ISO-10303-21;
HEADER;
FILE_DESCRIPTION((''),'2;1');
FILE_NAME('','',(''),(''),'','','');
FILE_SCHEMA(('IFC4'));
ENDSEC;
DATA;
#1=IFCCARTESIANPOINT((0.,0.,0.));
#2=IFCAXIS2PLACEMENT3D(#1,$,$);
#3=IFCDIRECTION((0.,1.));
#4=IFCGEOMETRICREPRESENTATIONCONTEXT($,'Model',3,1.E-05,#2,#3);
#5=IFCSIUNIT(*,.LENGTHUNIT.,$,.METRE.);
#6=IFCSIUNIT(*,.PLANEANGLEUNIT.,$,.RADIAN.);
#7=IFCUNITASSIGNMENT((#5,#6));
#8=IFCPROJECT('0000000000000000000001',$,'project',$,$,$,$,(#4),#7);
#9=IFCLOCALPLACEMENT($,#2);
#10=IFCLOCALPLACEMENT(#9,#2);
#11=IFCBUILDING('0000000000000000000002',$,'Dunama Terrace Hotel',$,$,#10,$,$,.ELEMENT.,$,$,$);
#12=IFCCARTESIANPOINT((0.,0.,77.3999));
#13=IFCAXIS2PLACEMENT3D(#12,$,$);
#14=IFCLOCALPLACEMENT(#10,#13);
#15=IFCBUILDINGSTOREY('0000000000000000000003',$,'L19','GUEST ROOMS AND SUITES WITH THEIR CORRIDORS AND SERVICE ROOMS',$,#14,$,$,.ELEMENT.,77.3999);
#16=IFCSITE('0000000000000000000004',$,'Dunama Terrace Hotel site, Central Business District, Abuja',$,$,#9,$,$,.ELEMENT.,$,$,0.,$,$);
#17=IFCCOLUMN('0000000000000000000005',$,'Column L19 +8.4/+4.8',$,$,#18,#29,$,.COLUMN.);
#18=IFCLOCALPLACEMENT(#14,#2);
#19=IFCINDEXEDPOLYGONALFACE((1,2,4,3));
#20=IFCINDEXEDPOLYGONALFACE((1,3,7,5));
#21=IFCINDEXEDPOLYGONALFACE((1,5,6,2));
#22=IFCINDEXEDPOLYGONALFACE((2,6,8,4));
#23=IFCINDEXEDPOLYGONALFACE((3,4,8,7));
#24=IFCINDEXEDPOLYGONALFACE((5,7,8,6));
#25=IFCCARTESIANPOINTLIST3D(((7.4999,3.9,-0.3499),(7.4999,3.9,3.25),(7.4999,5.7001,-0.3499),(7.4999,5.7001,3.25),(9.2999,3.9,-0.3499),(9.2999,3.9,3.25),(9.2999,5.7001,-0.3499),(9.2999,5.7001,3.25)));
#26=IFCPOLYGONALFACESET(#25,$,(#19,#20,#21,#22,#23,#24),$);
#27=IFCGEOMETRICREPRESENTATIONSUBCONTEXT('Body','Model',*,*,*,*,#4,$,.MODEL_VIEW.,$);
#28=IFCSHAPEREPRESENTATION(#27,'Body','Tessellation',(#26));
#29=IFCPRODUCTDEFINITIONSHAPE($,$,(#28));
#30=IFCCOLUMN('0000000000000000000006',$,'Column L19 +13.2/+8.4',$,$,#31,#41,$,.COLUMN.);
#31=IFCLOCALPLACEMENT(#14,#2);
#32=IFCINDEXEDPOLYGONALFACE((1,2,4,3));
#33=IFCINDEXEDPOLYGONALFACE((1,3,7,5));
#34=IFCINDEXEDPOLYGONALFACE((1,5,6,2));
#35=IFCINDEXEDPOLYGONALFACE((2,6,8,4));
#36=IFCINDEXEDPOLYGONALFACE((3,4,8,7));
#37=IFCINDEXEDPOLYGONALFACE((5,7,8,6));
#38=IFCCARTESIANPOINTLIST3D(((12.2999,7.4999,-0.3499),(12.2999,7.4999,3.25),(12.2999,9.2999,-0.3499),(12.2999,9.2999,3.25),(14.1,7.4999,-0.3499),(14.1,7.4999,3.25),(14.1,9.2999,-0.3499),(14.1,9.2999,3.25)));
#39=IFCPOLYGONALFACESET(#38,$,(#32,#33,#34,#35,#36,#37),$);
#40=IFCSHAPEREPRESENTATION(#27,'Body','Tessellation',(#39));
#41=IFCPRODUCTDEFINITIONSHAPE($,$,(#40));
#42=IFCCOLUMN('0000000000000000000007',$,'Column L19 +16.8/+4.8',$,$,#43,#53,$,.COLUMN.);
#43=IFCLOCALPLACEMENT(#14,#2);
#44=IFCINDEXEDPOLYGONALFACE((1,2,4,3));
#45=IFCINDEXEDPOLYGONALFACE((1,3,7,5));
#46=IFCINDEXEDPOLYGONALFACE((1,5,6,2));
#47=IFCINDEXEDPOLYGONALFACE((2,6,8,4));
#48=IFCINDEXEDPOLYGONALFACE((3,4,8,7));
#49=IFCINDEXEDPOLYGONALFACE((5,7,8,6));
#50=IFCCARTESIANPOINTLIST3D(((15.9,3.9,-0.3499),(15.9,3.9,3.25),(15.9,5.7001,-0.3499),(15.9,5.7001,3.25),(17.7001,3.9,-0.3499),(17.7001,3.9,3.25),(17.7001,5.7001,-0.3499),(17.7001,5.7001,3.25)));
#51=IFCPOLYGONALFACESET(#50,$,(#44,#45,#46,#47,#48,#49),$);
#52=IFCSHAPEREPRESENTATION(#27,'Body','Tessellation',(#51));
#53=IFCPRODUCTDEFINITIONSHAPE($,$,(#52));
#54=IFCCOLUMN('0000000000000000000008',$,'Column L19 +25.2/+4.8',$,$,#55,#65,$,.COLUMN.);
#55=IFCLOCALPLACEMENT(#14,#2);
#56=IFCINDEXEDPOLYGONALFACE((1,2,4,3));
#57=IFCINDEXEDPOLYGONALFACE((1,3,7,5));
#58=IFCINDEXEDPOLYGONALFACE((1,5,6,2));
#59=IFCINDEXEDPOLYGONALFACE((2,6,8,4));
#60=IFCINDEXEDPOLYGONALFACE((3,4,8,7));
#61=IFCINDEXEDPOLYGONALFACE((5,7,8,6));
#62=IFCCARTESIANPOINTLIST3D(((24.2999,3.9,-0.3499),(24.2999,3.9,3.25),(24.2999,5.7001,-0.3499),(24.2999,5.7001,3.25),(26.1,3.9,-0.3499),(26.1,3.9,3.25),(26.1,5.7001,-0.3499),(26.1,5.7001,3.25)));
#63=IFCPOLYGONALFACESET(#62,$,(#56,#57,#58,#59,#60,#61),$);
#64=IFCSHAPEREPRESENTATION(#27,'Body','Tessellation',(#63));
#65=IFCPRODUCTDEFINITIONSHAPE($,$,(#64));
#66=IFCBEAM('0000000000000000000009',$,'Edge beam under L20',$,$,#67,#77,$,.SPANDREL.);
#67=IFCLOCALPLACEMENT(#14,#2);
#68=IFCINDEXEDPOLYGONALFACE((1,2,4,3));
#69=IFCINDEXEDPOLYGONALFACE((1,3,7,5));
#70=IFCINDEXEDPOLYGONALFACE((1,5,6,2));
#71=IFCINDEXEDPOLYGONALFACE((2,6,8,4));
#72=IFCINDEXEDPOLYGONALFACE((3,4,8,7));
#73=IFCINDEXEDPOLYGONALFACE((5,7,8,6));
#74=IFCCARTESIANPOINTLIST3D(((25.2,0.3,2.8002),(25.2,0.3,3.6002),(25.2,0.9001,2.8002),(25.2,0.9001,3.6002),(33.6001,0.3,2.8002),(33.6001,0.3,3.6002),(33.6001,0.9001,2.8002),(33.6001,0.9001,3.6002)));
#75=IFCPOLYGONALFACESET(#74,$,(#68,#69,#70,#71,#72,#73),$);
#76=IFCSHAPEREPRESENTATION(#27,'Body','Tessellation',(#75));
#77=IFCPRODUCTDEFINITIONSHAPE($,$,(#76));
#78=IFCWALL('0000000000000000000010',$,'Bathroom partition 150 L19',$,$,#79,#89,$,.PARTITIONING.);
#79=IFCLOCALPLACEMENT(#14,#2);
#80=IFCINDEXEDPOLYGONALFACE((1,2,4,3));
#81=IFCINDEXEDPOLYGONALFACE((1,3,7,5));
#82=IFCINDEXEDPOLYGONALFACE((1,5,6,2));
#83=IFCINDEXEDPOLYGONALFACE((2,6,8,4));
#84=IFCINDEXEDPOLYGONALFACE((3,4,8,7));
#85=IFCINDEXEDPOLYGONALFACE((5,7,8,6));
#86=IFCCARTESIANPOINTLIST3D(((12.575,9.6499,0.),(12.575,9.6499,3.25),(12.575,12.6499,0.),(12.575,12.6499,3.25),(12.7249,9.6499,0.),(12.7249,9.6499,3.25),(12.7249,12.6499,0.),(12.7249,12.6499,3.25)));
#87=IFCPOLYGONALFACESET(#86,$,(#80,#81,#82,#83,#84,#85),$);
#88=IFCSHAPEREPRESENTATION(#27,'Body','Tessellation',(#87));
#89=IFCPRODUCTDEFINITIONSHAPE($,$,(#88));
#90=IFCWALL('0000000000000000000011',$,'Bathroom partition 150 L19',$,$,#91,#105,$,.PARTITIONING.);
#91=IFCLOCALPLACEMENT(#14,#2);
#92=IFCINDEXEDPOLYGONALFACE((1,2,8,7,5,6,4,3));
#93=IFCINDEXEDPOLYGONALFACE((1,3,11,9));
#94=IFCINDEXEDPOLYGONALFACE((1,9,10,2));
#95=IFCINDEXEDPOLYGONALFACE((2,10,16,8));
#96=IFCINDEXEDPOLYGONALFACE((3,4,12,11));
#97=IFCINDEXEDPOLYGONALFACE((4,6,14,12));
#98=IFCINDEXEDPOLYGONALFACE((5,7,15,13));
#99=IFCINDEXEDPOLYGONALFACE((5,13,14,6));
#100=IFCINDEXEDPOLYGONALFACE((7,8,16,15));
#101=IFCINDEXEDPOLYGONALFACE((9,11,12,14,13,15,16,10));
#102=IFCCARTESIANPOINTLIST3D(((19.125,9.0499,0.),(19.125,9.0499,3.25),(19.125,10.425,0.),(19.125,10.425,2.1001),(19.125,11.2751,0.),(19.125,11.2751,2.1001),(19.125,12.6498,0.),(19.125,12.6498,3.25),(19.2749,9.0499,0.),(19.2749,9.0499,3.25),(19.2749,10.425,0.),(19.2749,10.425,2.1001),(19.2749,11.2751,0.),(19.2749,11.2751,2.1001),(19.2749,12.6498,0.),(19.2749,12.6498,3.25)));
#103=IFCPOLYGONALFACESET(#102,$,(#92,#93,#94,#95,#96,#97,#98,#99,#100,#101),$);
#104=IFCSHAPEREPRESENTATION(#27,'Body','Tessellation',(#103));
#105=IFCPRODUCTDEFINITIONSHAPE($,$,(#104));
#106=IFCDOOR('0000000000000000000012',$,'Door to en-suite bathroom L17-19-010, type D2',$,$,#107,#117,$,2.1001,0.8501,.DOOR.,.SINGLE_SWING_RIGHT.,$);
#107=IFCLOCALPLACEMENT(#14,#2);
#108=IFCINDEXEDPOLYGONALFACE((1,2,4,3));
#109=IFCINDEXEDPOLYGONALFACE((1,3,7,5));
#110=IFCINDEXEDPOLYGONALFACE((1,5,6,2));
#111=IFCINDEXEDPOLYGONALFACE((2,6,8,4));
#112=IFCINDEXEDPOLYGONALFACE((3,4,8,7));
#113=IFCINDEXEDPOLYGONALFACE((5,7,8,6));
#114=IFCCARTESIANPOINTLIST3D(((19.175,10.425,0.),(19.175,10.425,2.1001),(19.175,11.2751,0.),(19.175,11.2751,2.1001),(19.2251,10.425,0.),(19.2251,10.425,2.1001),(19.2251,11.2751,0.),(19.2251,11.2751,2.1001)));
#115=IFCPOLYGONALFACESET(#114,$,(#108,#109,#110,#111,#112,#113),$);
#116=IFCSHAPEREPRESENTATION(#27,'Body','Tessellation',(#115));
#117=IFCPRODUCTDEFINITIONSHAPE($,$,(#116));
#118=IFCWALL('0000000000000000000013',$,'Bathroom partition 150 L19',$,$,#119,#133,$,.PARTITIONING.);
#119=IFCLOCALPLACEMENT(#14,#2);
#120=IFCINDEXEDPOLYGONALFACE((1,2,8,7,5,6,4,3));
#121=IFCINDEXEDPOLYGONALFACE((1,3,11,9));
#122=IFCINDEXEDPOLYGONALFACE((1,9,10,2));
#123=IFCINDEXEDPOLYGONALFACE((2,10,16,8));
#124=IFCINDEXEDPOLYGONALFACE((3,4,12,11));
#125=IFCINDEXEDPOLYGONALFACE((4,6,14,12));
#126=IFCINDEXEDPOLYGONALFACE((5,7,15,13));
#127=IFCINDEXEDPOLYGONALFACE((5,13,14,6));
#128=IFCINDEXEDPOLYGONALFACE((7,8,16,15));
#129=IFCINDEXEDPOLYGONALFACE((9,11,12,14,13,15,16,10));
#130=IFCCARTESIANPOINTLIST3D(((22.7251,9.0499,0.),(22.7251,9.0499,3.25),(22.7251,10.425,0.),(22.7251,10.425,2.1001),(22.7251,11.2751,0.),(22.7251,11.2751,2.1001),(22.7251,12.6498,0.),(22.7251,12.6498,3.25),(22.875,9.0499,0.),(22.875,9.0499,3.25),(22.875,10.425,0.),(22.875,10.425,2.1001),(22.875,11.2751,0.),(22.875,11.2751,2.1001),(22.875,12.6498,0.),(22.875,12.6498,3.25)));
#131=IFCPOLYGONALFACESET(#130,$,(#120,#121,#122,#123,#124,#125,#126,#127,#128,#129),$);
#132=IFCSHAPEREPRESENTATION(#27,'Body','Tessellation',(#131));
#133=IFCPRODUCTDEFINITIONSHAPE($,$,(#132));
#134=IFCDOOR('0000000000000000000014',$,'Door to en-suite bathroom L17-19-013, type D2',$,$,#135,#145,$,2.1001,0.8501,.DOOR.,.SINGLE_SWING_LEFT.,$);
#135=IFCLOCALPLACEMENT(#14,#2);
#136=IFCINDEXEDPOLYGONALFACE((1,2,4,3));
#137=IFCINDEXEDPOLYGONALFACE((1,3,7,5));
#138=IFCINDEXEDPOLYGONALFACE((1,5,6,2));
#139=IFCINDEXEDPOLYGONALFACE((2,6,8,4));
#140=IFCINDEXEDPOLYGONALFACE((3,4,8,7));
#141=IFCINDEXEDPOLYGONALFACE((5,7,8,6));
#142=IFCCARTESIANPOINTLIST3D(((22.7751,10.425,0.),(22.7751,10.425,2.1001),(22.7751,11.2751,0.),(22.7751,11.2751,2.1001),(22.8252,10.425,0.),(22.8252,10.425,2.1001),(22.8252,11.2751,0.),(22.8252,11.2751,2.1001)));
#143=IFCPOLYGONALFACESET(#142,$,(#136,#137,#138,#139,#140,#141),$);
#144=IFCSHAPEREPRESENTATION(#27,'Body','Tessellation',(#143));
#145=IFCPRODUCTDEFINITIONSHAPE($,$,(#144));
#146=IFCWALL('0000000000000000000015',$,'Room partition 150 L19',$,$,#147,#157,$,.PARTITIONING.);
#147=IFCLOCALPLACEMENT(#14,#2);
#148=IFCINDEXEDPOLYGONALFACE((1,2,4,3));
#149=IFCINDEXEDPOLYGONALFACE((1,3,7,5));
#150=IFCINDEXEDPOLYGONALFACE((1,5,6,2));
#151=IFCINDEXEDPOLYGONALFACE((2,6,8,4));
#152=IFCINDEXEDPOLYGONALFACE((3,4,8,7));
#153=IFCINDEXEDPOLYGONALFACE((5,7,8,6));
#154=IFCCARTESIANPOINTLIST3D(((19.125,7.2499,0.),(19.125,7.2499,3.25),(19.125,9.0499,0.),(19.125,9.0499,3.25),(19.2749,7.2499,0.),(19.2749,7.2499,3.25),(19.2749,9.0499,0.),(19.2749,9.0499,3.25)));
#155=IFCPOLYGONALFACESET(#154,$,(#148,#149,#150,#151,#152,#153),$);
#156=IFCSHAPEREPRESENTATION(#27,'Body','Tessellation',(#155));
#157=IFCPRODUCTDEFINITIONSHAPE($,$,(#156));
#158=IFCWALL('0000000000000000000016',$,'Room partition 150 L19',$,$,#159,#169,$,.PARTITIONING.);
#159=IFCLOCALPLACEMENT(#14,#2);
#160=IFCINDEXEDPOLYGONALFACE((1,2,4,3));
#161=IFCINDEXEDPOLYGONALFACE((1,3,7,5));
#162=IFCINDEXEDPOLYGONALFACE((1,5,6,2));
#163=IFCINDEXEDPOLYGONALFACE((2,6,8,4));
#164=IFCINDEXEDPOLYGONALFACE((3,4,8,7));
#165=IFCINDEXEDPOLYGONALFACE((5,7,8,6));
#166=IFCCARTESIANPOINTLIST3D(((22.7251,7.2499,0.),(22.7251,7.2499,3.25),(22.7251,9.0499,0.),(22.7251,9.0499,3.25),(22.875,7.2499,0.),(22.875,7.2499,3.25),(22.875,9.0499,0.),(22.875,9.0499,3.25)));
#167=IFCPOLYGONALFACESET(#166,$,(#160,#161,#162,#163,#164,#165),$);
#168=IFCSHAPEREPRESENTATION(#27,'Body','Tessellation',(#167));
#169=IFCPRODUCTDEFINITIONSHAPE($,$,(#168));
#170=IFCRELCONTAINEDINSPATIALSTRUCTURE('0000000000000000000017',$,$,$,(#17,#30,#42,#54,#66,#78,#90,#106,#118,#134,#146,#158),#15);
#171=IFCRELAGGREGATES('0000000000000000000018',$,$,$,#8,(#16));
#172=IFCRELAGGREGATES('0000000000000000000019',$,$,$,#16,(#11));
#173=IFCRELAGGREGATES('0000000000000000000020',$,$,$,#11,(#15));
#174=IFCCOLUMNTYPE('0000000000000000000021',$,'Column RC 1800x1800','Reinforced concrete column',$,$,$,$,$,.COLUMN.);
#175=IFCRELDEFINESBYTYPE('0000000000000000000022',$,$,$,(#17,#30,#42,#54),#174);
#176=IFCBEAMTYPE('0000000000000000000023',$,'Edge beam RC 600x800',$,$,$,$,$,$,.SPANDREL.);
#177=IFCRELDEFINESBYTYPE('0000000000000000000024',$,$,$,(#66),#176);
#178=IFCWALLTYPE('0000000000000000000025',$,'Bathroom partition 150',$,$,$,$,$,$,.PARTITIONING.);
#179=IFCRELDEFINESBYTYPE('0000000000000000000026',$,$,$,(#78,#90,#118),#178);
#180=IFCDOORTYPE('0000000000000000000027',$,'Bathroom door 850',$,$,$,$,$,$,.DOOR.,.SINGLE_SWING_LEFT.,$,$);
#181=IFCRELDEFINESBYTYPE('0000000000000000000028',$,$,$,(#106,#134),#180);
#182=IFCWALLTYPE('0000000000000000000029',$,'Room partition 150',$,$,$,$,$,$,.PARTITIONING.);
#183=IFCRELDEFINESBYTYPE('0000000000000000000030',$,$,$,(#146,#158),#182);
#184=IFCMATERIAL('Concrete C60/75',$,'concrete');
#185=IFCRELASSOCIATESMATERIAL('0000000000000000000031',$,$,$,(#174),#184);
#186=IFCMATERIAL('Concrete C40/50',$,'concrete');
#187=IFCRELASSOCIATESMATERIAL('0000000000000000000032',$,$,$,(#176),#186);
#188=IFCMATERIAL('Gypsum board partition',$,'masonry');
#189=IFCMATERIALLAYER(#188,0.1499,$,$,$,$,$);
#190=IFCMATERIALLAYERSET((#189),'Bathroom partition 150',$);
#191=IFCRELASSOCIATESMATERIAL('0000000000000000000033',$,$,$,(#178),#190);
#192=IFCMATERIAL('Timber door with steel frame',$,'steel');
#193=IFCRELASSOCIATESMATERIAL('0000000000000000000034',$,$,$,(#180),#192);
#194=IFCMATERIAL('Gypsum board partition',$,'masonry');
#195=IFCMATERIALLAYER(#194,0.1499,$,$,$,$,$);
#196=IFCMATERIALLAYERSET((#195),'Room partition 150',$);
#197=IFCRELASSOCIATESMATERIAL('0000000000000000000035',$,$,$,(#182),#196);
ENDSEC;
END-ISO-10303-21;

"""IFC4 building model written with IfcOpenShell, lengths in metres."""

from ifc_helpers import new_model, si_unit, direction, frame, frame_2d, origin, origin_2d, place, context, subcontext, project, spatial, rectangle, extrude, material, layer, layer_set, material_profile, profile_set, type_object, element, fill, save


model = new_model("IFC4")

# Units and contexts
model_context = context("Model", 3, precision=1e-05, world=origin(), true_north=direction((0.0, 1.0)))
body_context = subcontext(model_context, "Body", "Model", "MODEL_VIEW")
ifc_project = project(units=[si_unit("LENGTHUNIT", "METRE"), si_unit("PLANEANGLEUNIT", "RADIAN")], contexts=[model_context])

# Site, building, storey
site_placement = place(None, origin())
site = spatial("IfcSite", under=ifc_project, at=site_placement, Name="Dunama Terrace Hotel site, Central Business District, Abuja", CompositionType="ELEMENT", RefElevation=0.0)
building_placement = place(site_placement, origin())
building = spatial("IfcBuilding", under=site, at=building_placement, Name="Dunama Terrace Hotel", CompositionType="ELEMENT")
storey_placement = place(building_placement, frame((0.0, 0.0, 77.3999)))
storey = spatial("IfcBuildingStorey", under=building, at=storey_placement, Name="L19", Description="GUEST ROOMS AND SUITES WITH THEIR CORRIDORS AND SERVICE ROOMS", CompositionType="ELEMENT", Elevation=77.3999)

# Columns
ifc_material_1 = material(Name="Concrete C60/75", Category="concrete")
ifc_material_profile_1 = material_profile(ifc_material_1, rectangle(XDim=1.8, YDim=1.8, at=origin_2d()), Name="RC 1800x1800")
ifc_profile_set_1 = profile_set([ifc_material_profile_1], Name="Concrete C60/75")
column_type = type_object("IfcColumnType", Name="Column RC 1800x1800", Description="Reinforced concrete column", PredefinedType="COLUMN", material=ifc_profile_set_1)
for number, where, z_axis, x_axis, name in (
    (1, (8.3999, 4.8, -0.3499), (0.0, 0.0, 1.0), (1.0, 0.0, 0.0), "Column L19 +8.4/+4.8"),
    (2, (13.2, 8.3999, -0.3499), (0.0, 0.0, 1.0), (1.0, 0.0, 0.0), "Column L19 +13.2/+8.4"),
    (3, (16.8, 4.8, -0.3499), (0.0, 0.0, 1.0), (1.0, 0.0, 0.0), "Column L19 +16.8/+4.8"),
    (4, (25.2, 4.8, -0.3499), (0.0, 0.0, 1.0), (1.0, 0.0, 0.0), "Column L19 +25.2/+4.8"),
):
    element("IfcColumn", number, at=place(storey_placement, frame(where, z_axis=z_axis, x_axis=x_axis)), inside=storey, type_object=column_type, Name=name, PredefinedType="COLUMN", context=body_context, shape_type="SweptSolid", body=[
        extrude(rectangle(XDim=1.8, YDim=1.8, at=origin_2d()), origin(), (0.0, 0.0, 1.0), 3.5999),
    ])

# Beam
ifc_material_2 = material(Name="Concrete C40/50", Category="concrete")
ifc_material_profile_2 = material_profile(ifc_material_2, rectangle(XDim=0.6001, YDim=0.8, at=origin_2d()), Name="RC 600x800")
ifc_profile_set_2 = profile_set([ifc_material_profile_2], Name="Concrete C40/50")
beam_type = type_object("IfcBeamType", Name="Edge beam RC 600x800", PredefinedType="SPANDREL", material=ifc_profile_set_2)
beam_placement = place(storey_placement, frame((25.2, 0.6001, 3.2002), z_axis=(1.0, 0.0, 0.0), x_axis=(0.0, 1.0, 0.0)))
element("IfcBeam", 5, at=beam_placement, inside=storey, type_object=beam_type, Name="Edge beam under L20", PredefinedType="SPANDREL", context=body_context, shape_type="SweptSolid", body=[
    extrude(rectangle(XDim=0.6001, YDim=0.8, at=origin_2d()), origin(), (0.0, 0.0, 1.0), 8.4001),
])

# Wall
ifc_material_3 = material(Name="Gypsum board partition", Category="masonry")
ifc_layer_1 = layer(ifc_material_3, 0.1499)
ifc_layer_set_1 = layer_set([ifc_layer_1], Name="Bathroom partition 150")
wall_type_1 = type_object("IfcWallType", Name="Bathroom partition 150", PredefinedType="PARTITIONING", material=ifc_layer_set_1)
wall_1_placement = place(storey_placement, frame((12.6499, 9.6499, 0.0), z_axis=(0.0, 0.0, 1.0), x_axis=(0.0, 1.0, 0.0)))
element("IfcWall", 6, at=wall_1_placement, inside=storey, type_object=wall_type_1, Name="Bathroom partition 150 L19", PredefinedType="PARTITIONING", context=body_context, shape_type="SweptSolid", body=[
    extrude(rectangle(XDim=3.0, YDim=0.1499, at=frame_2d((1.5, 0.0))), origin(), (0.0, 0.0, 1.0), 3.25),
])

# Walls, openings, doors
wall_2_placement = place(storey_placement, frame((19.2, 9.05, 0.0), z_axis=(0.0, 0.0, 1.0), x_axis=(0.0, 1.0, 0.0)))
wall_2 = element("IfcWall", 7, at=wall_2_placement, inside=storey, type_object=wall_type_1, Name="Bathroom partition 150 L19", PredefinedType="PARTITIONING", context=body_context, shape_type="SweptSolid", body=[
    extrude(rectangle(XDim=3.5999, YDim=0.1499, at=frame_2d((1.7998, 0.0))), origin(), (0.0, 0.0, 1.0), 3.25),
])
opening_1_placement = place(wall_2_placement, frame((1.375, 0.0, 0.0)))
opening_1 = element("IfcOpeningElement", 8, at=opening_1_placement, cuts=wall_2, PredefinedType="OPENING", context=body_context, shape_type="SweptSolid", body=[
    extrude(rectangle(XDim=0.8501, YDim=2.1001, at=frame_2d((0.425, 1.05))), frame((0.0, 0.085, 0.0), z_axis=(0.0, -1.0, 0.0), x_axis=(1.0, 0.0, 0.0)), (0.0, 0.0, 1.0), 0.1699),
])
ifc_material_4 = material(Name="Timber door with steel frame", Category="steel")
door_type_1 = type_object("IfcDoorType", Name="Bathroom door 850", OperationType="SINGLE_SWING_LEFT", PredefinedType="DOOR", material=ifc_material_4)
door_1_placement = place(opening_1_placement, origin())
door_1 = element("IfcDoor", 9, at=door_1_placement, inside=storey, type_object=door_type_1, Name="Door to en-suite bathroom L17-19-010, type D2", OperationType="SINGLE_SWING_RIGHT", OverallHeight=2.1001, OverallWidth=0.8501, PredefinedType="DOOR", context=body_context, shape_type="SweptSolid", body=[
    extrude(rectangle(XDim=0.8501, YDim=2.1001, at=frame_2d((0.425, 1.05))), frame((0.0, 0.0249, 0.0), z_axis=(0.0, -1.0, 0.0), x_axis=(1.0, 0.0, 0.0)), (0.0, 0.0, 1.0), 0.05),
])
fill(opening_1, door_1)
wall_3_placement = place(storey_placement, frame((22.8, 9.05, 0.0), z_axis=(0.0, 0.0, 1.0), x_axis=(0.0, 1.0, 0.0)))
wall_3 = element("IfcWall", 10, at=wall_3_placement, inside=storey, type_object=wall_type_1, Name="Bathroom partition 150 L19", PredefinedType="PARTITIONING", context=body_context, shape_type="SweptSolid", body=[
    extrude(rectangle(XDim=3.5999, YDim=0.1499, at=frame_2d((1.7998, 0.0))), origin(), (0.0, 0.0, 1.0), 3.25),
])
opening_2_placement = place(wall_3_placement, frame((1.375, 0.0, 0.0)))
opening_2 = element("IfcOpeningElement", 11, at=opening_2_placement, cuts=wall_3, PredefinedType="OPENING", context=body_context, shape_type="SweptSolid", body=[
    extrude(rectangle(XDim=0.8501, YDim=2.1001, at=frame_2d((0.425, 1.05))), frame((0.0, 0.085, 0.0), z_axis=(0.0, -1.0, 0.0), x_axis=(1.0, 0.0, 0.0)), (0.0, 0.0, 1.0), 0.1699),
])
door_2_placement = place(opening_2_placement, frame((0.8501, 0.0, 0.0), z_axis=(0.0, 0.0, 1.0), x_axis=(-1.0, 0.0, 0.0)))
door_2 = element("IfcDoor", 12, at=door_2_placement, inside=storey, type_object=door_type_1, Name="Door to en-suite bathroom L17-19-013, type D2", OperationType="SINGLE_SWING_LEFT", OverallHeight=2.1001, OverallWidth=0.8501, PredefinedType="DOOR", context=body_context, shape_type="SweptSolid", body=[
    extrude(rectangle(XDim=0.8501, YDim=2.1001, at=frame_2d((0.425, 1.05))), frame((0.0, 0.0251, 0.0), z_axis=(0.0, -1.0, 0.0), x_axis=(1.0, 0.0, 0.0)), (0.0, 0.0, 1.0), 0.05),
])
fill(opening_2, door_2)

# Walls
ifc_material_5 = material(Name="Gypsum board partition", Category="masonry")
ifc_layer_2 = layer(ifc_material_5, 0.1499)
ifc_layer_set_2 = layer_set([ifc_layer_2], Name="Room partition 150")
wall_type_2 = type_object("IfcWallType", Name="Room partition 150", PredefinedType="PARTITIONING", material=ifc_layer_set_2)
for number, where, z_axis, x_axis, name in (
    (13, (19.2, 7.25, 0.0), (0.0, 0.0, 1.0), (0.0, 1.0, 0.0), "Room partition 150 L19"),
    (14, (22.8, 7.25, 0.0), (0.0, 0.0, 1.0), (0.0, 1.0, 0.0), "Room partition 150 L19"),
):
    element("IfcWall", number, at=place(storey_placement, frame(where, z_axis=z_axis, x_axis=x_axis)), inside=storey, type_object=wall_type_2, Name=name, PredefinedType="PARTITIONING", context=body_context, shape_type="SweptSolid", body=[
        extrude(rectangle(XDim=1.8, YDim=0.1499, at=frame_2d((0.8999, 0.0))), origin(), (0.0, 0.0, 1.0), 3.25),
    ])

save(model, "model.ifc")
